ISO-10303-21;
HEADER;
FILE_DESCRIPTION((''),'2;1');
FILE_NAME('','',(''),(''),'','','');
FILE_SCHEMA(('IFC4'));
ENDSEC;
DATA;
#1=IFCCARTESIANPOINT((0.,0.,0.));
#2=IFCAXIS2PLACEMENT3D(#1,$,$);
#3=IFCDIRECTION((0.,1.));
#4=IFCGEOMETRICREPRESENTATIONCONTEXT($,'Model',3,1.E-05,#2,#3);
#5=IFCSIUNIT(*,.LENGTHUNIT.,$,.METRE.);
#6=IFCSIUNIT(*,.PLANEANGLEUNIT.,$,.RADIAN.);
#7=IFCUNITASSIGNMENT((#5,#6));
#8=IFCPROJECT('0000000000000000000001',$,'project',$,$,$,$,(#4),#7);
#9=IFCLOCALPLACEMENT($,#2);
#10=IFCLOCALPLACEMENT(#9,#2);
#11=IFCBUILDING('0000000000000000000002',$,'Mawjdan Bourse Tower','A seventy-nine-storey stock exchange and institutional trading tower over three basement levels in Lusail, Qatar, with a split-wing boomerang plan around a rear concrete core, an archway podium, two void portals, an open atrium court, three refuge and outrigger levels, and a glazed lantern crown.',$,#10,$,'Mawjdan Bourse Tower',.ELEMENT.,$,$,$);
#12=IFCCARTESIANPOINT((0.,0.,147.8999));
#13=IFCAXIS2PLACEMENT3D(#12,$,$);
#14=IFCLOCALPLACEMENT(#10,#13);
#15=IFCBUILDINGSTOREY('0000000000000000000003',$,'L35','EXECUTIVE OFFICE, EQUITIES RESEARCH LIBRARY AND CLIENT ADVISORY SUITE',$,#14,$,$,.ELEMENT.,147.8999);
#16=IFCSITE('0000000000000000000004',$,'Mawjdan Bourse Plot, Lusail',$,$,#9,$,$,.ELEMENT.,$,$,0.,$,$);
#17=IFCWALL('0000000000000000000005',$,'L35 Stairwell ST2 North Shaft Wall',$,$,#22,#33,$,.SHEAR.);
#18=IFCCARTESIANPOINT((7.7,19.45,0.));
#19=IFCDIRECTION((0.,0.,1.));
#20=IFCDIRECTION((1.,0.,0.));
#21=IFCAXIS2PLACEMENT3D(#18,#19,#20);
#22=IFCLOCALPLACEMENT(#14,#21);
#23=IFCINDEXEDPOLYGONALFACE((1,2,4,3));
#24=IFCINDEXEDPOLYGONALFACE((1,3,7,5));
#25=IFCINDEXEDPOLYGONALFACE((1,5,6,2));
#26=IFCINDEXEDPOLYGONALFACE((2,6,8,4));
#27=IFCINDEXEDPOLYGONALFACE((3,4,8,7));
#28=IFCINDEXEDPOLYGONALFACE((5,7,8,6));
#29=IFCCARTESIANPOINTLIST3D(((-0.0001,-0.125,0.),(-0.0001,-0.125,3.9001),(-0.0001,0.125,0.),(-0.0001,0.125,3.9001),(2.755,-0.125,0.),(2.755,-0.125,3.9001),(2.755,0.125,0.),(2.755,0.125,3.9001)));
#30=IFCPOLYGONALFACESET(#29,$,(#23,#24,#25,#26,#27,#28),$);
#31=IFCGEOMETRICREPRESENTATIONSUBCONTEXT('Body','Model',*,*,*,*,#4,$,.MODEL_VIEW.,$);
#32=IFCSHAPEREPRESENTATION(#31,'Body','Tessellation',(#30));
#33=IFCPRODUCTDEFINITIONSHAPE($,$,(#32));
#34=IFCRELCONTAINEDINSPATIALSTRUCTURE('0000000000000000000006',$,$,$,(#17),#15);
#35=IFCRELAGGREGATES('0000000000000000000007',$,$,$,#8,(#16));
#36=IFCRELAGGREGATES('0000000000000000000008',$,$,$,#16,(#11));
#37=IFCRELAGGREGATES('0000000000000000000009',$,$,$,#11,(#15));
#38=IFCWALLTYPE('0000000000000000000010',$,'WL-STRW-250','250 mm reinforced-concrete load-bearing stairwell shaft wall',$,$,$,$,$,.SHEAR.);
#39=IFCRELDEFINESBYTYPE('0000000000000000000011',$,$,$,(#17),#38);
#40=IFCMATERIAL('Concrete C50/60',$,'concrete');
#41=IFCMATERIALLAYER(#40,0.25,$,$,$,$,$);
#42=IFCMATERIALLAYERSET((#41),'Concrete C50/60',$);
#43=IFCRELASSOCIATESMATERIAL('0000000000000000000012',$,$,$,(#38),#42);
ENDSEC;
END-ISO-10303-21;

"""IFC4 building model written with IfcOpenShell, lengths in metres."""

from ifc_helpers import new_model, si_unit, direction, frame, frame_2d, origin, place, context, subcontext, project, spatial, rectangle, extrude, material, layer, layer_set, type_object, element, save


model = new_model("IFC4")

# Units and contexts
model_context = context("Model", 3, precision=1e-05, world=origin(), true_north=direction((0.0, 1.0)))
body_context = subcontext(model_context, "Body", "Model", "MODEL_VIEW")
ifc_project = project(units=[si_unit("LENGTHUNIT", "METRE"), si_unit("PLANEANGLEUNIT", "RADIAN")], contexts=[model_context])

# Site, building, storey
site_placement = place(None, origin())
site = spatial("IfcSite", under=ifc_project, at=site_placement, Name="Mawjdan Bourse Plot, Lusail", CompositionType="ELEMENT", RefElevation=0.0)
building_placement = place(site_placement, origin())
building = spatial("IfcBuilding", under=site, at=building_placement, Name="Mawjdan Bourse Tower", Description="A seventy-nine-storey stock exchange and institutional trading tower over three basement levels in Lusail, Qatar, with a split-wing boomerang plan around a rear concrete core, an archway podium, two void portals, an open atrium court, three refuge and outrigger levels, and a glazed lantern crown.", LongName="Mawjdan Bourse Tower", CompositionType="ELEMENT")
storey_placement = place(building_placement, frame((0.0, 0.0, 147.8999)))
storey = spatial("IfcBuildingStorey", under=building, at=storey_placement, Name="L35", Description="EXECUTIVE OFFICE, EQUITIES RESEARCH LIBRARY AND CLIENT ADVISORY SUITE", CompositionType="ELEMENT", Elevation=147.8999)

# Wall
ifc_material_1 = material(Name="Concrete C50/60", Category="concrete")
ifc_layer_1 = layer(ifc_material_1, 0.25)
ifc_layer_set_1 = layer_set([ifc_layer_1], Name="Concrete C50/60")
wall_type_1 = type_object("IfcWallType", Name="WL-STRW-250", Description="250 mm reinforced-concrete load-bearing stairwell shaft wall", PredefinedType="SHEAR", material=ifc_layer_set_1)
wall_1_placement = place(storey_placement, frame((7.7, 19.45, 0.0), z_axis=(0.0, 0.0, 1.0), x_axis=(1.0, 0.0, 0.0)))
element("IfcWall", 1, at=wall_1_placement, inside=storey, type_object=wall_type_1, Name="L35 Stairwell ST2 North Shaft Wall", PredefinedType="SHEAR", context=body_context, shape_type="SweptSolid", body=[
    extrude(rectangle(XDim=2.7551, YDim=0.25, at=frame_2d((1.3774, 0.0))), origin(), (0.0, 0.0, 1.0), 3.9001),
])

save(model, "model.ifc")
